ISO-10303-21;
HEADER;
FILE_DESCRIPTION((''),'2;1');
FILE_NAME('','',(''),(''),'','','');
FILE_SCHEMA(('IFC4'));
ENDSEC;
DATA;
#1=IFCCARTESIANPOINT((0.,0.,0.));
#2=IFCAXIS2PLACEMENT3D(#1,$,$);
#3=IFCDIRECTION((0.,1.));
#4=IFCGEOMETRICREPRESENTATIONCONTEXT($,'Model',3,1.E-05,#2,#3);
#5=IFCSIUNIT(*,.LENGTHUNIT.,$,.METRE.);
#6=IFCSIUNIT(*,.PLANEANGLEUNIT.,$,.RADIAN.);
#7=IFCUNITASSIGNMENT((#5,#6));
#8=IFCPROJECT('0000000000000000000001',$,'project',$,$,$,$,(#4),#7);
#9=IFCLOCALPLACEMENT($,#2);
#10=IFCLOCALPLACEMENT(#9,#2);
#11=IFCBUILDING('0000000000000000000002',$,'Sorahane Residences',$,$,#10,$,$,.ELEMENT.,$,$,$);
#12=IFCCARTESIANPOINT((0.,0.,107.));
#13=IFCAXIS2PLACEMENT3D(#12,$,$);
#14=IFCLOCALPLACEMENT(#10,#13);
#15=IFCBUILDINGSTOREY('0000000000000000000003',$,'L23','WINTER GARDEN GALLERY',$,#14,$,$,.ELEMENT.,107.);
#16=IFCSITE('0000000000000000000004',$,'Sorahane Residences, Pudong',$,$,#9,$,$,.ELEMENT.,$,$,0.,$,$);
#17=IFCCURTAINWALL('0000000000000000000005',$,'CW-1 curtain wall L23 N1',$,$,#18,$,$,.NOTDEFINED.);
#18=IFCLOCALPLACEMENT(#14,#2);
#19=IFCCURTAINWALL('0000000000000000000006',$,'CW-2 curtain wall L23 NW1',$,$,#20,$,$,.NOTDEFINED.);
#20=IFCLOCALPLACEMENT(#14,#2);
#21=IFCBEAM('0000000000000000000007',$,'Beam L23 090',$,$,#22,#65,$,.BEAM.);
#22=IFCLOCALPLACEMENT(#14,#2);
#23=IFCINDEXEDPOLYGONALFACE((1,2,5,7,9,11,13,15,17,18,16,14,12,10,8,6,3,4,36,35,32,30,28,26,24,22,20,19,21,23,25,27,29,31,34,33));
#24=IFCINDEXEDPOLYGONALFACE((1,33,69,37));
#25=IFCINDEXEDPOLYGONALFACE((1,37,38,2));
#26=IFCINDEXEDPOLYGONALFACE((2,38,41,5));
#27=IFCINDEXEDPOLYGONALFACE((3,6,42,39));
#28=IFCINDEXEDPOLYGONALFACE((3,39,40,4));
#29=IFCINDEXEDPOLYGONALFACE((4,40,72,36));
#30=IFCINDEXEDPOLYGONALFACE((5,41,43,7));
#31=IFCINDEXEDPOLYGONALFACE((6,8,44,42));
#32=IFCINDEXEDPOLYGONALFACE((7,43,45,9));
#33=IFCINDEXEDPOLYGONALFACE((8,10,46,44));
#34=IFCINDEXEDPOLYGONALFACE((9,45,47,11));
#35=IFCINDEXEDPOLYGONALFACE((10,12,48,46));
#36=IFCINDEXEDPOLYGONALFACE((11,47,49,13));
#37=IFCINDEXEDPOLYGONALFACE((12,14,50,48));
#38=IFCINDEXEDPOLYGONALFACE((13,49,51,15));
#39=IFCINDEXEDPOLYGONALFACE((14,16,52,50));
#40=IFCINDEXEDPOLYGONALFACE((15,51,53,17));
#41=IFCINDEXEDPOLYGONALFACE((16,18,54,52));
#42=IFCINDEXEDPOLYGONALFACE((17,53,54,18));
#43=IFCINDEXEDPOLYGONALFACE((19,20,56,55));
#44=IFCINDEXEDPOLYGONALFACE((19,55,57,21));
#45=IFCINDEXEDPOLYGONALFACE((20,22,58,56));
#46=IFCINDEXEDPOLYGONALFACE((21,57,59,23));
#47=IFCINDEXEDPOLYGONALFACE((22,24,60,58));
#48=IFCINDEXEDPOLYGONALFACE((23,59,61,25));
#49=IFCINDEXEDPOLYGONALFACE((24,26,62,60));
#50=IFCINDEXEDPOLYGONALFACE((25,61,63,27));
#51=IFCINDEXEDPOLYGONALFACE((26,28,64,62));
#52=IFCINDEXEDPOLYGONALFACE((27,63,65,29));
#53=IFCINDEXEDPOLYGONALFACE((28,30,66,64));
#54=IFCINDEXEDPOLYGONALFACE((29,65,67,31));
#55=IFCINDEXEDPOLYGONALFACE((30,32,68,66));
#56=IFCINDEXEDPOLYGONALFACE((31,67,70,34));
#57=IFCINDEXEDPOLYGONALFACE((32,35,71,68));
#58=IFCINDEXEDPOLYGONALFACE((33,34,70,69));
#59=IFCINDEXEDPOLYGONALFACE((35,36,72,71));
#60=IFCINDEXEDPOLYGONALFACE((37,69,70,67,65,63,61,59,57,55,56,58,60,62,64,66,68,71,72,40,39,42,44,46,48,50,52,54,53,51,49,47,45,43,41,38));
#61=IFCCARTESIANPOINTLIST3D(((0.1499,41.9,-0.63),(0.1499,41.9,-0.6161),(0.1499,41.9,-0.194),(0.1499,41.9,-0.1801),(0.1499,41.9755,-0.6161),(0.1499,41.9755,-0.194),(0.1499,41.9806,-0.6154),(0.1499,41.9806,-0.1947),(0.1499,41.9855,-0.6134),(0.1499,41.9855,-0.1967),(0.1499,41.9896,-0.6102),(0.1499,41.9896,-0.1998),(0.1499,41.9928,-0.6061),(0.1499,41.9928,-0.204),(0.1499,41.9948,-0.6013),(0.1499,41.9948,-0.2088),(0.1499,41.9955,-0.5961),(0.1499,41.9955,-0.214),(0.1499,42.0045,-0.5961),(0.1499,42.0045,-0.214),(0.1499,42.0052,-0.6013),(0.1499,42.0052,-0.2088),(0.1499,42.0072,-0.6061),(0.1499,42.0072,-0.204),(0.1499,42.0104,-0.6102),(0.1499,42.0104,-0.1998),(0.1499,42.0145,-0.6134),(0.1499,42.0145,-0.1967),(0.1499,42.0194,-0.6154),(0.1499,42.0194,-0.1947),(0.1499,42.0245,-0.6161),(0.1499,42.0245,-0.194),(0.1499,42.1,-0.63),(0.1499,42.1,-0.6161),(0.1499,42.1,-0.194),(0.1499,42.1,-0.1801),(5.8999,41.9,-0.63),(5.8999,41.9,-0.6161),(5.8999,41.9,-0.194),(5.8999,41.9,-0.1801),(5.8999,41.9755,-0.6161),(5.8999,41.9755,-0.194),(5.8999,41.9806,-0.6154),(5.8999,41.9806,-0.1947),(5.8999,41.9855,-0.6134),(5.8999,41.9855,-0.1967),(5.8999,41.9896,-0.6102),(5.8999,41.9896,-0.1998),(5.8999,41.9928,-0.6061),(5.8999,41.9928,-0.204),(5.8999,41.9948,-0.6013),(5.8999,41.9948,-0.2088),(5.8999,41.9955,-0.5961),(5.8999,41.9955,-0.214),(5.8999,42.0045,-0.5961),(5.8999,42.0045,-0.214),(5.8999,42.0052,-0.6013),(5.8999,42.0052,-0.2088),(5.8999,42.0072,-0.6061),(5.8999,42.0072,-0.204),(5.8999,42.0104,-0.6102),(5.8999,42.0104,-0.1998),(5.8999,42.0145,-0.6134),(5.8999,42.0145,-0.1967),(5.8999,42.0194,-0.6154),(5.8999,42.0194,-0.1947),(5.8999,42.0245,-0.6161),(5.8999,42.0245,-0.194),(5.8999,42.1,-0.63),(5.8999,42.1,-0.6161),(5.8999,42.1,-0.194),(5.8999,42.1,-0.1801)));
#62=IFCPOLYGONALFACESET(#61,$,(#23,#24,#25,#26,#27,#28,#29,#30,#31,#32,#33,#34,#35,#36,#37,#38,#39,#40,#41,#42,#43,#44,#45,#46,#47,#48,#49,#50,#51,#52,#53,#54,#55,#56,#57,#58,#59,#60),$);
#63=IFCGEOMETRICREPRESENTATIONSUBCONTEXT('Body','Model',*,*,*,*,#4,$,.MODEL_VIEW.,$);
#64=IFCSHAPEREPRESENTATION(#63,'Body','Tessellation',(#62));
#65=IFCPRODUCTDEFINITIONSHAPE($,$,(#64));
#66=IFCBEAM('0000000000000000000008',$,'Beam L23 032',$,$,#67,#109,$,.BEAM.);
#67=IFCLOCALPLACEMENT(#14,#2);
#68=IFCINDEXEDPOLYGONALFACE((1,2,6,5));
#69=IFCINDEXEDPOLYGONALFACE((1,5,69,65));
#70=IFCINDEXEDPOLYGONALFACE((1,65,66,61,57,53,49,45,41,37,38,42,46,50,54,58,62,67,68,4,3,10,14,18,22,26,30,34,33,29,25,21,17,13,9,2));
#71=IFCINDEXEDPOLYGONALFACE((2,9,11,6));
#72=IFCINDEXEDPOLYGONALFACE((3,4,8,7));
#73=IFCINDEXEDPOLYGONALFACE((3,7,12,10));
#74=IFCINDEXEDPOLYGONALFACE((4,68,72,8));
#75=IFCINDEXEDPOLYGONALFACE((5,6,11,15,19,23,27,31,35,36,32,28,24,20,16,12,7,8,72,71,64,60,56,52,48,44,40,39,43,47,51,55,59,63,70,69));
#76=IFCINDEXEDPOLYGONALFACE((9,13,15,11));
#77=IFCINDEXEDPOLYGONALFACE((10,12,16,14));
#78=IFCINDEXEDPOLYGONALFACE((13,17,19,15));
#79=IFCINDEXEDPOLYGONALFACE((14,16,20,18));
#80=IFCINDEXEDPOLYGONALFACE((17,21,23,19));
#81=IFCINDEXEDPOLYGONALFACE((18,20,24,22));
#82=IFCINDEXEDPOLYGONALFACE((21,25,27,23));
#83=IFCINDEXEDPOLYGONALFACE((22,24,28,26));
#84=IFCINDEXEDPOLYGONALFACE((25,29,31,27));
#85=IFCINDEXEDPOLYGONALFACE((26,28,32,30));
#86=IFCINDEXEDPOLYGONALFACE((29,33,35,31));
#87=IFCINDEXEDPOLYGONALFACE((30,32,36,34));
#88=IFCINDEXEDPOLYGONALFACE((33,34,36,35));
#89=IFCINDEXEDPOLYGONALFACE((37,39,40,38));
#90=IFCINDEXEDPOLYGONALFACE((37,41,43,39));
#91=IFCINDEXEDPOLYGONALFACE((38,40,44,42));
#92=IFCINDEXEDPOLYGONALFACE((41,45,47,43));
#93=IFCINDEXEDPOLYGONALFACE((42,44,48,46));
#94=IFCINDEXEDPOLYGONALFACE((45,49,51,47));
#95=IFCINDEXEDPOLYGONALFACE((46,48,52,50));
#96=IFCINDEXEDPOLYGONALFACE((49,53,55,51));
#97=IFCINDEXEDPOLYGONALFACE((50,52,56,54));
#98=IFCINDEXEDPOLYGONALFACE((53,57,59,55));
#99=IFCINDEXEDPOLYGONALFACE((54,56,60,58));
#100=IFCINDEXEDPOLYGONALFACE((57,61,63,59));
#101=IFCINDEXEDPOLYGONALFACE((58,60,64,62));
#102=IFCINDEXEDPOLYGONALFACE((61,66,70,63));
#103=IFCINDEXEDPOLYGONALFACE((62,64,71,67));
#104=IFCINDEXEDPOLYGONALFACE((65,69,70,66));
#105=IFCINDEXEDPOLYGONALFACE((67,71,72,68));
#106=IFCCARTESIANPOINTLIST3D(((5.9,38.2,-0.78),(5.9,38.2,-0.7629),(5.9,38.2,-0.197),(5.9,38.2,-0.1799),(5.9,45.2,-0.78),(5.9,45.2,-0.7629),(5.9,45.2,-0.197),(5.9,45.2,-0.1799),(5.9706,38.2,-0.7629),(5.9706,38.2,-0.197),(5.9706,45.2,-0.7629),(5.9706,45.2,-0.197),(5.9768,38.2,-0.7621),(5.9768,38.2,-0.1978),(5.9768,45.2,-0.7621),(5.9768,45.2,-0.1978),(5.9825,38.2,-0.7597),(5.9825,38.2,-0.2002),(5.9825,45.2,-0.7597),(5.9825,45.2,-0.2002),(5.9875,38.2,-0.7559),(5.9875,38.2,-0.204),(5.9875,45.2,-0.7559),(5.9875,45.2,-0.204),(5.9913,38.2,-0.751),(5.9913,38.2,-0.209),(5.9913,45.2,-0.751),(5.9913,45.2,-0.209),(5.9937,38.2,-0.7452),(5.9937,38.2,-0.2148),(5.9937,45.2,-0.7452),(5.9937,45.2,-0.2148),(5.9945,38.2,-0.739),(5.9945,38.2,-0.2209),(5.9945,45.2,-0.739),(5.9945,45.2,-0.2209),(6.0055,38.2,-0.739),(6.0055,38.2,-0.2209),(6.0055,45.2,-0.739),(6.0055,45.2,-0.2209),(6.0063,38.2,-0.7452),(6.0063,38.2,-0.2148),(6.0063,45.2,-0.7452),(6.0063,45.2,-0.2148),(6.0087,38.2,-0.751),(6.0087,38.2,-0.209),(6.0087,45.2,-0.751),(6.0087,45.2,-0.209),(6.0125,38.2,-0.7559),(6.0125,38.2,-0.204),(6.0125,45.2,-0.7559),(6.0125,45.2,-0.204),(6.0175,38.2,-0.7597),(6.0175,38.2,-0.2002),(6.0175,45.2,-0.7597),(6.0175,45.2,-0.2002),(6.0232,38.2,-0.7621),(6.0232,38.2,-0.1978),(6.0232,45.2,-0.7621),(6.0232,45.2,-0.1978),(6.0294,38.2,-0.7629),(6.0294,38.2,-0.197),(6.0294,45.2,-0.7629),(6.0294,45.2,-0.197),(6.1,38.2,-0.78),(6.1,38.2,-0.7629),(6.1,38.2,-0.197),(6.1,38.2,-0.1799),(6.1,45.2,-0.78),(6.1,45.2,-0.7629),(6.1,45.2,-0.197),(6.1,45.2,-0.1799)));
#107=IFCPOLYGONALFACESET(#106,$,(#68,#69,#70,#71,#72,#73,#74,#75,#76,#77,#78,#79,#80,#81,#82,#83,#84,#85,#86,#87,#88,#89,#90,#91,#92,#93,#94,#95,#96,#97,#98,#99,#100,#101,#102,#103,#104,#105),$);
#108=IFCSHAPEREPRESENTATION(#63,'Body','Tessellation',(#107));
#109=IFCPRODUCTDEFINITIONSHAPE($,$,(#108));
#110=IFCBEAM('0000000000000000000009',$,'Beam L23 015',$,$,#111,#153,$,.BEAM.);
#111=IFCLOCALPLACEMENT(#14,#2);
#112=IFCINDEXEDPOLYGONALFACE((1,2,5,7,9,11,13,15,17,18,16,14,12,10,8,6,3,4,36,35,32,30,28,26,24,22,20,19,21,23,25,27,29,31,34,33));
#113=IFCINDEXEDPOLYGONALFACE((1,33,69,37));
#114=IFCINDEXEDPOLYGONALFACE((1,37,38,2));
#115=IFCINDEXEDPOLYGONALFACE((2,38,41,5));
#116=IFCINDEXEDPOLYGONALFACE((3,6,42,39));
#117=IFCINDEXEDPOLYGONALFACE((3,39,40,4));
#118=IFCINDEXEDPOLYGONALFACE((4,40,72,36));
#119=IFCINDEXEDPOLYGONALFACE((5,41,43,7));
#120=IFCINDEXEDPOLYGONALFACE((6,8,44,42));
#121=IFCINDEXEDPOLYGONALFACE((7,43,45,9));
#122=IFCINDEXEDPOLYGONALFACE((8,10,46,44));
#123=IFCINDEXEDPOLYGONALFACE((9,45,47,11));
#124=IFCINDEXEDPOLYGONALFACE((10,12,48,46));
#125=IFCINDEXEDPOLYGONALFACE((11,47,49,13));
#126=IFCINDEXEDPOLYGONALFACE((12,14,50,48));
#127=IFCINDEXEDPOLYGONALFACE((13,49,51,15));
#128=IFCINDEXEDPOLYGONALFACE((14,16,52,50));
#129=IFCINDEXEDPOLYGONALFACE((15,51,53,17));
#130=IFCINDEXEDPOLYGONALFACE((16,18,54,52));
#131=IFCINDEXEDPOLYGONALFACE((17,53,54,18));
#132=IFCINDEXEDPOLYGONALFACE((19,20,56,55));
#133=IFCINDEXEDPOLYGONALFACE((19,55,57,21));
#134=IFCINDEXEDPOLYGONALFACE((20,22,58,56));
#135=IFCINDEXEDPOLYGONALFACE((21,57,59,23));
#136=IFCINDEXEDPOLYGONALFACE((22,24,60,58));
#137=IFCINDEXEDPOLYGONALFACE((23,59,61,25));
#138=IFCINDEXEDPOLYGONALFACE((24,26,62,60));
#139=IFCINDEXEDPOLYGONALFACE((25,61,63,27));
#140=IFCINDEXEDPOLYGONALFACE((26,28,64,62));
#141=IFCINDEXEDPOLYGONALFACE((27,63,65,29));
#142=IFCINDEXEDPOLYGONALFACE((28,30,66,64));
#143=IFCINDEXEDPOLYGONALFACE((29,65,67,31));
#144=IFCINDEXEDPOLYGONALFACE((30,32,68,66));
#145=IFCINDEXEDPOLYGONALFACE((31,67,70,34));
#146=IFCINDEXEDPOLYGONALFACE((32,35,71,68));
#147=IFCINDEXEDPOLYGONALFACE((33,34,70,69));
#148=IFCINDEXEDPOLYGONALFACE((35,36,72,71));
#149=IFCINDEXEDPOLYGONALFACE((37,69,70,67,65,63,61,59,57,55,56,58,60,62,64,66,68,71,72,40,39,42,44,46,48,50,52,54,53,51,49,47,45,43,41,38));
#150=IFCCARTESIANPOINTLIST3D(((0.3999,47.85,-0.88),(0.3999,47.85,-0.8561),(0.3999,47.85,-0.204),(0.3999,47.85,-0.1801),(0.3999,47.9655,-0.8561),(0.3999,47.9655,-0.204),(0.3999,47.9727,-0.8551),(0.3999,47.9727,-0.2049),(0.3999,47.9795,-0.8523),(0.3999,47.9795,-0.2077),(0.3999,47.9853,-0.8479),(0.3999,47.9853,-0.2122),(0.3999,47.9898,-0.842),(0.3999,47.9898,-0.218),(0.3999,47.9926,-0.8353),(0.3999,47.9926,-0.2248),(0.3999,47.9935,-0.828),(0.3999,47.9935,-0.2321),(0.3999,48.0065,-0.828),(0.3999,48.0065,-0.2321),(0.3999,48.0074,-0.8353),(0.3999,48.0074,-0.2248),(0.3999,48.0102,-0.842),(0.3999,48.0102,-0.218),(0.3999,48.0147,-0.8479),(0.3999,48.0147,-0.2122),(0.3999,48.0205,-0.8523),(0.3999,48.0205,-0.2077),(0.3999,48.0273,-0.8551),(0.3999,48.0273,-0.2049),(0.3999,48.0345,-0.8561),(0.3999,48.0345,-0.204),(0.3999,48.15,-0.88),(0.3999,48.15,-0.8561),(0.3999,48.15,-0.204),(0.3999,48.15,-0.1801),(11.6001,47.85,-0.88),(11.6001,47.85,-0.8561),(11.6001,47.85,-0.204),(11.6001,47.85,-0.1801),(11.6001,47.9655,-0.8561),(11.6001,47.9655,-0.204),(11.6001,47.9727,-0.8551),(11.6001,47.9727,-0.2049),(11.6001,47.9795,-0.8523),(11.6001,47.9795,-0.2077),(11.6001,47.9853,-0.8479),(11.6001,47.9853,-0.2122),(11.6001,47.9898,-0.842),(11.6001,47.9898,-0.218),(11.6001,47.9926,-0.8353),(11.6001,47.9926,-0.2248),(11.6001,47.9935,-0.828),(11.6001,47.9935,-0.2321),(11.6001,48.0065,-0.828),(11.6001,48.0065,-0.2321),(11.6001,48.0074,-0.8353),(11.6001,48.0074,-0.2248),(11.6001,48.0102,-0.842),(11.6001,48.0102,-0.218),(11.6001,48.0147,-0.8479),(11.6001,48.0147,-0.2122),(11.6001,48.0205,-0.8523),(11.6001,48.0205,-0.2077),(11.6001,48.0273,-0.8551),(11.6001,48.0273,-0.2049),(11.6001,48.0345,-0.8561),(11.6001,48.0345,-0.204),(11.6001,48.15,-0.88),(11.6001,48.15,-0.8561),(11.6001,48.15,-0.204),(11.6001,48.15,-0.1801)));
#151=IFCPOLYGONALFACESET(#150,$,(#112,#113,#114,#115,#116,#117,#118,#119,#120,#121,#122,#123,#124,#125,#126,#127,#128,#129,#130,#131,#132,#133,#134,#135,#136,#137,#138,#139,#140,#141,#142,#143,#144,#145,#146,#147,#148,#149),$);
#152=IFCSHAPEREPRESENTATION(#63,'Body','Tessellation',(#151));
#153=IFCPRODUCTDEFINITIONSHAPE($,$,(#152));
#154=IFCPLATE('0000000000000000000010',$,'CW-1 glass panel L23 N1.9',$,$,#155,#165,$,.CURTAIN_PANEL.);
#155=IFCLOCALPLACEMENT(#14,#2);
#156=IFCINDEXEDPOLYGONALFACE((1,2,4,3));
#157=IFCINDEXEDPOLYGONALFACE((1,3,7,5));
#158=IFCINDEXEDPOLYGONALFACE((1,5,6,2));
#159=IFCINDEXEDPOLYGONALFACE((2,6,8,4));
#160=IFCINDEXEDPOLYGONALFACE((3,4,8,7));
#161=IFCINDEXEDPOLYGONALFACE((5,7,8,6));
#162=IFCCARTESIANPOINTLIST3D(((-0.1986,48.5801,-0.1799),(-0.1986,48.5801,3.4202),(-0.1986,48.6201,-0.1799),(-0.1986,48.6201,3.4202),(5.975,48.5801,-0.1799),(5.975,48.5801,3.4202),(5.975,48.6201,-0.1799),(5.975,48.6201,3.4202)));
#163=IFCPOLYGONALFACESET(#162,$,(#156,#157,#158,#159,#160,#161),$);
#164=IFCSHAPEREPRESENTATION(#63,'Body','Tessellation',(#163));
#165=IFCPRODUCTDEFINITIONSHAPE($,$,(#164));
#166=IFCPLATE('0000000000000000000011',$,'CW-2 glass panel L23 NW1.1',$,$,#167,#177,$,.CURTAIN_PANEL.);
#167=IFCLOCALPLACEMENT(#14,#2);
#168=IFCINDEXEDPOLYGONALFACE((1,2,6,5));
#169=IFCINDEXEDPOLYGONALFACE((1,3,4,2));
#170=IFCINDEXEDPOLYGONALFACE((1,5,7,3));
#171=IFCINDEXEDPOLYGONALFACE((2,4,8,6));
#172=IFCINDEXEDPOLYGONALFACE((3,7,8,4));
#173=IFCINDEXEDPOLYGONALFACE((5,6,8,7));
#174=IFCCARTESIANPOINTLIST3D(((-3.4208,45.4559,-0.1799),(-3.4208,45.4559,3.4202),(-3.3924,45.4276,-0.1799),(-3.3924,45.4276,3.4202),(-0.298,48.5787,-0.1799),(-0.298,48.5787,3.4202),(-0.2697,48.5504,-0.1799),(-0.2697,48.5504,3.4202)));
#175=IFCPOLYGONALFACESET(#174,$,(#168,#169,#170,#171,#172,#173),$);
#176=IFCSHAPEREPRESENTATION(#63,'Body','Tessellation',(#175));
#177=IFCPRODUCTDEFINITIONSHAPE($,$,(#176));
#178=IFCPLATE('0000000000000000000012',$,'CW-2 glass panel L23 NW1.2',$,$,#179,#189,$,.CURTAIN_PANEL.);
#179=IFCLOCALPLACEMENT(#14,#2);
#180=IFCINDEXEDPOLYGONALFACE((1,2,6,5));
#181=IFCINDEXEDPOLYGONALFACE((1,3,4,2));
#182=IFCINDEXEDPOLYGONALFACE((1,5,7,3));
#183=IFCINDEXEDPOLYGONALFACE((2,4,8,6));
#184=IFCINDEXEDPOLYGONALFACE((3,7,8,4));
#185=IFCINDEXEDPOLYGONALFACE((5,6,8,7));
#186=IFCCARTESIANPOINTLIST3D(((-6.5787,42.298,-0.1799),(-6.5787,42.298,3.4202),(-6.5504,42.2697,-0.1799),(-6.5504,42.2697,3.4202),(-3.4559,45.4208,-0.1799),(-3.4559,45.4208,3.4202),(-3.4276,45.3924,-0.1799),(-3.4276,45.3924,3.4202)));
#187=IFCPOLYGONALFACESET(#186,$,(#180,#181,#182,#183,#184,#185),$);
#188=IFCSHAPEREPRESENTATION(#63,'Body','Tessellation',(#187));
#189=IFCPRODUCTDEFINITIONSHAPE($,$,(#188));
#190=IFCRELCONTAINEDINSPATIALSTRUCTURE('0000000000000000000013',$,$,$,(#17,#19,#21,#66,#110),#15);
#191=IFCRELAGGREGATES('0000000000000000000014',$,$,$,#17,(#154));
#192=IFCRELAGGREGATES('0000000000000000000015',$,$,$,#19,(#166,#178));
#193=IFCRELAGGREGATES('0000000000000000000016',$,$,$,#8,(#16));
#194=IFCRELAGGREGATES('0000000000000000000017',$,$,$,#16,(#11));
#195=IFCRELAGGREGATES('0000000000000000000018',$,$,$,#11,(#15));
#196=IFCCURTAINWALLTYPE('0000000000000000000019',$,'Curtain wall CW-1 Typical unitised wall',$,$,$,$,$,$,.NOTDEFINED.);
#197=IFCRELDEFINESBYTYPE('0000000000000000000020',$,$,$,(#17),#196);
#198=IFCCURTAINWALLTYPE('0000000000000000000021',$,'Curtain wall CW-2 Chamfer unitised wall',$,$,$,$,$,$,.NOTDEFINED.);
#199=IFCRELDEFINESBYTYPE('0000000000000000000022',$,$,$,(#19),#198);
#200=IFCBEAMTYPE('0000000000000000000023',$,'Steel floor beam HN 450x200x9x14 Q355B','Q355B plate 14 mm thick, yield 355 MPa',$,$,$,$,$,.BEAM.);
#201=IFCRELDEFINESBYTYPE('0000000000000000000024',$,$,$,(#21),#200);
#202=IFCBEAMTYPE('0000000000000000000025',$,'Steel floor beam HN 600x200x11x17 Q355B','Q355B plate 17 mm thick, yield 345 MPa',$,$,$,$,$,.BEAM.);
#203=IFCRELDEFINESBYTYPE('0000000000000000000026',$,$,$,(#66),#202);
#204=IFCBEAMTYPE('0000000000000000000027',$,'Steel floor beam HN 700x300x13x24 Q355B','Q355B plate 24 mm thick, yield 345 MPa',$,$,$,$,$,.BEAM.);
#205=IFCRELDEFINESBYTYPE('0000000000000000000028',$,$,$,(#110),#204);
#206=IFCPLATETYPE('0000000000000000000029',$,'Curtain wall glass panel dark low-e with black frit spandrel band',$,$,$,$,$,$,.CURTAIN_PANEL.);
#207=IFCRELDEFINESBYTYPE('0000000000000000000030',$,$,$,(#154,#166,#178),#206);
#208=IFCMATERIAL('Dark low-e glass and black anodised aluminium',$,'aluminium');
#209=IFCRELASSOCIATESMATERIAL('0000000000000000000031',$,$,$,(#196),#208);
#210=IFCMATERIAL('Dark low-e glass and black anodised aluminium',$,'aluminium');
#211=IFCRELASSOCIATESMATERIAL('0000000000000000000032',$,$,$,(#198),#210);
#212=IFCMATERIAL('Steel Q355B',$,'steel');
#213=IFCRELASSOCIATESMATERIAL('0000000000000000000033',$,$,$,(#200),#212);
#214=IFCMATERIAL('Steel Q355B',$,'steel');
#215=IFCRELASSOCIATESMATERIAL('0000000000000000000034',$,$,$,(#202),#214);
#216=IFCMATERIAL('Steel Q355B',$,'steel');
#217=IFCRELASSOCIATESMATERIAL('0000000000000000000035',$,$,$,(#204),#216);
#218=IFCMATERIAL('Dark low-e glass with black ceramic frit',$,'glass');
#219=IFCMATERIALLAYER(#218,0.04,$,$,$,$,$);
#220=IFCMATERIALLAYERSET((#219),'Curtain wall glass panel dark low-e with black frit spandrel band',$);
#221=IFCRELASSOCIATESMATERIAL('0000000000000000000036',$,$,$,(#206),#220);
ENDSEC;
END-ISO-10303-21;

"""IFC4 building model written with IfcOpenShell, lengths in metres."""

from ifc_helpers import new_model, si_unit, direction, frame, origin, origin_2d, place, context, subcontext, project, spatial, rectangle, i_section, extrude, material, layer, layer_set, material_profile, profile_set, type_object, element, aggregate, save


model = new_model("IFC4")

# Units and contexts
model_context = context("Model", 3, precision=1e-05, world=origin(), true_north=direction((0.0, 1.0)))
body_context = subcontext(model_context, "Body", "Model", "MODEL_VIEW")
ifc_project = project(units=[si_unit("LENGTHUNIT", "METRE"), si_unit("PLANEANGLEUNIT", "RADIAN")], contexts=[model_context])

# Site, building, storey
site_placement = place(None, origin())
site = spatial("IfcSite", under=ifc_project, at=site_placement, Name="Sorahane Residences, Pudong", CompositionType="ELEMENT", RefElevation=0.0)
building_placement = place(site_placement, origin())
building = spatial("IfcBuilding", under=site, at=building_placement, Name="Sorahane Residences", CompositionType="ELEMENT")
storey_placement = place(building_placement, frame((0.0, 0.0, 107.0)))
storey = spatial("IfcBuildingStorey", under=building, at=storey_placement, Name="L23", Description="WINTER GARDEN GALLERY", CompositionType="ELEMENT", Elevation=107.0)

# Curtain walls
ifc_material_1 = material(Name="Dark low-e glass and black anodised aluminium", Category="aluminium")
curtain_wall_type_1 = type_object("IfcCurtainWallType", Name="Curtain wall CW-1 Typical unitised wall", PredefinedType="NOTDEFINED", material=ifc_material_1)
curtain_wall_1_placement = place(storey_placement, origin())
curtain_wall_1 = element("IfcCurtainWall", 1, at=curtain_wall_1_placement, inside=storey, type_object=curtain_wall_type_1, Name="CW-1 curtain wall L23 N1", PredefinedType="NOTDEFINED")
ifc_material_2 = material(Name="Dark low-e glass and black anodised aluminium", Category="aluminium")
curtain_wall_type_2 = type_object("IfcCurtainWallType", Name="Curtain wall CW-2 Chamfer unitised wall", PredefinedType="NOTDEFINED", material=ifc_material_2)
curtain_wall_2_placement = place(storey_placement, origin())
curtain_wall_2 = element("IfcCurtainWall", 2, at=curtain_wall_2_placement, inside=storey, type_object=curtain_wall_type_2, Name="CW-2 curtain wall L23 NW1", PredefinedType="NOTDEFINED")

# Beams
ifc_material_3 = material(Name="Steel Q355B", Category="steel")
ifc_material_profile_1 = material_profile(ifc_material_3, i_section(OverallWidth=0.2, OverallDepth=0.45, WebThickness=0.009, FlangeThickness=0.0139, FilletRadius=0.02, at=origin_2d()), Name="HN 450x200x9x14")
ifc_profile_set_1 = profile_set([ifc_material_profile_1], Name="Steel Q355B")
beam_type_1 = type_object("IfcBeamType", Name="Steel floor beam HN 450x200x9x14 Q355B", Description="Q355B plate 14 mm thick, yield 355 MPa", PredefinedType="BEAM", material=ifc_profile_set_1)
beam_1_placement = place(storey_placement, frame((0.1499, 42.0, -0.405), z_axis=(1.0, 0.0, 0.0), x_axis=(0.0, 1.0, 0.0)))
element("IfcBeam", 3, at=beam_1_placement, inside=storey, type_object=beam_type_1, Name="Beam L23 090", PredefinedType="BEAM", context=body_context, shape_type="SweptSolid", body=[
    extrude(i_section(OverallWidth=0.2, OverallDepth=0.45, WebThickness=0.009, FlangeThickness=0.0139, FilletRadius=0.02, at=origin_2d()), origin(), (0.0, 0.0, 1.0), 5.75),
])
ifc_material_4 = material(Name="Steel Q355B", Category="steel")
ifc_material_profile_2 = material_profile(ifc_material_4, i_section(OverallWidth=0.2, OverallDepth=0.6001, WebThickness=0.011, FlangeThickness=0.0171, FilletRadius=0.0239, at=origin_2d()), Name="HN 600x200x11x17")
ifc_profile_set_2 = profile_set([ifc_material_profile_2], Name="Steel Q355B")
beam_type_2 = type_object("IfcBeamType", Name="Steel floor beam HN 600x200x11x17 Q355B", Description="Q355B plate 17 mm thick, yield 345 MPa", PredefinedType="BEAM", material=ifc_profile_set_2)
beam_2_placement = place(storey_placement, frame((6.0, 38.2, -0.48), z_axis=(0.0, 1.0, 0.0), x_axis=(-1.0, 0.0, 0.0)))
element("IfcBeam", 4, at=beam_2_placement, inside=storey, type_object=beam_type_2, Name="Beam L23 032", PredefinedType="BEAM", context=body_context, shape_type="SweptSolid", body=[
    extrude(i_section(OverallWidth=0.2, OverallDepth=0.6001, WebThickness=0.011, FlangeThickness=0.0171, FilletRadius=0.0239, at=origin_2d()), origin(), (0.0, 0.0, 1.0), 7.0),
])
ifc_material_5 = material(Name="Steel Q355B", Category="steel")
ifc_material_profile_3 = material_profile(ifc_material_5, i_section(OverallWidth=0.3, OverallDepth=0.7, WebThickness=0.0129, FlangeThickness=0.0239, FilletRadius=0.0281, at=origin_2d()), Name="HN 700x300x13x24")
ifc_profile_set_3 = profile_set([ifc_material_profile_3], Name="Steel Q355B")
beam_type_3 = type_object("IfcBeamType", Name="Steel floor beam HN 700x300x13x24 Q355B", Description="Q355B plate 24 mm thick, yield 345 MPa", PredefinedType="BEAM", material=ifc_profile_set_3)
beam_3_placement = place(storey_placement, frame((0.3999, 48.0, -0.53), z_axis=(1.0, 0.0, 0.0), x_axis=(0.0, 1.0, 0.0)))
element("IfcBeam", 5, at=beam_3_placement, inside=storey, type_object=beam_type_3, Name="Beam L23 015", PredefinedType="BEAM", context=body_context, shape_type="SweptSolid", body=[
    extrude(i_section(OverallWidth=0.3, OverallDepth=0.7, WebThickness=0.0129, FlangeThickness=0.0239, FilletRadius=0.0281, at=origin_2d()), origin(), (0.0, 0.0, 1.0), 11.2002),
])

# Plates
ifc_material_6 = material(Name="Dark low-e glass with black ceramic frit", Category="glass")
ifc_layer_1 = layer(ifc_material_6, 0.04)
ifc_layer_set_1 = layer_set([ifc_layer_1], Name="Curtain wall glass panel dark low-e with black frit spandrel band")
plate_type = type_object("IfcPlateType", Name="Curtain wall glass panel dark low-e with black frit spandrel band", PredefinedType="CURTAIN_PANEL", material=ifc_layer_set_1)
plate_1_placement = place(storey_placement, frame((2.8882, 48.6001, -0.1799), z_axis=(0.0, 0.0, 1.0), x_axis=(-1.0, 0.0, 0.0)))
plate_1 = element("IfcPlate", 6, at=plate_1_placement, type_object=plate_type, Name="CW-1 glass panel L23 N1.9", PredefinedType="CURTAIN_PANEL", context=body_context, shape_type="SweptSolid", body=[
    extrude(rectangle(XDim=6.1736, YDim=0.04, at=origin_2d()), origin(), (0.0, 0.0, 1.0), 3.6001),
])
aggregate(curtain_wall_1, [plate_1])
plate_2_placement = place(storey_placement, frame((-1.8452, 47.0032, -0.1799), z_axis=(0.0, 0.0, 1.0), x_axis=(-0.707107, -0.707107, 0.0)))
plate_2 = element("IfcPlate", 7, at=plate_2_placement, type_object=plate_type, Name="CW-2 glass panel L23 NW1.1", PredefinedType="CURTAIN_PANEL", context=body_context, shape_type="SweptSolid", body=[
    extrude(rectangle(XDim=4.4163, YDim=0.04, at=origin_2d()), origin(), (0.0, 0.0, 1.0), 3.6001),
])
plate_3_placement = place(storey_placement, frame((-5.0032, 43.8452, -0.1799), z_axis=(0.0, 0.0, 1.0), x_axis=(-0.707107, -0.707107, 0.0)))
plate_3 = element("IfcPlate", 8, at=plate_3_placement, type_object=plate_type, Name="CW-2 glass panel L23 NW1.2", PredefinedType="CURTAIN_PANEL", context=body_context, shape_type="SweptSolid", body=[
    extrude(rectangle(XDim=4.4163, YDim=0.04, at=origin_2d()), origin(), (0.0, 0.0, 1.0), 3.6001),
])
aggregate(curtain_wall_2, [plate_2, plate_3])

save(model, "model.ifc")
